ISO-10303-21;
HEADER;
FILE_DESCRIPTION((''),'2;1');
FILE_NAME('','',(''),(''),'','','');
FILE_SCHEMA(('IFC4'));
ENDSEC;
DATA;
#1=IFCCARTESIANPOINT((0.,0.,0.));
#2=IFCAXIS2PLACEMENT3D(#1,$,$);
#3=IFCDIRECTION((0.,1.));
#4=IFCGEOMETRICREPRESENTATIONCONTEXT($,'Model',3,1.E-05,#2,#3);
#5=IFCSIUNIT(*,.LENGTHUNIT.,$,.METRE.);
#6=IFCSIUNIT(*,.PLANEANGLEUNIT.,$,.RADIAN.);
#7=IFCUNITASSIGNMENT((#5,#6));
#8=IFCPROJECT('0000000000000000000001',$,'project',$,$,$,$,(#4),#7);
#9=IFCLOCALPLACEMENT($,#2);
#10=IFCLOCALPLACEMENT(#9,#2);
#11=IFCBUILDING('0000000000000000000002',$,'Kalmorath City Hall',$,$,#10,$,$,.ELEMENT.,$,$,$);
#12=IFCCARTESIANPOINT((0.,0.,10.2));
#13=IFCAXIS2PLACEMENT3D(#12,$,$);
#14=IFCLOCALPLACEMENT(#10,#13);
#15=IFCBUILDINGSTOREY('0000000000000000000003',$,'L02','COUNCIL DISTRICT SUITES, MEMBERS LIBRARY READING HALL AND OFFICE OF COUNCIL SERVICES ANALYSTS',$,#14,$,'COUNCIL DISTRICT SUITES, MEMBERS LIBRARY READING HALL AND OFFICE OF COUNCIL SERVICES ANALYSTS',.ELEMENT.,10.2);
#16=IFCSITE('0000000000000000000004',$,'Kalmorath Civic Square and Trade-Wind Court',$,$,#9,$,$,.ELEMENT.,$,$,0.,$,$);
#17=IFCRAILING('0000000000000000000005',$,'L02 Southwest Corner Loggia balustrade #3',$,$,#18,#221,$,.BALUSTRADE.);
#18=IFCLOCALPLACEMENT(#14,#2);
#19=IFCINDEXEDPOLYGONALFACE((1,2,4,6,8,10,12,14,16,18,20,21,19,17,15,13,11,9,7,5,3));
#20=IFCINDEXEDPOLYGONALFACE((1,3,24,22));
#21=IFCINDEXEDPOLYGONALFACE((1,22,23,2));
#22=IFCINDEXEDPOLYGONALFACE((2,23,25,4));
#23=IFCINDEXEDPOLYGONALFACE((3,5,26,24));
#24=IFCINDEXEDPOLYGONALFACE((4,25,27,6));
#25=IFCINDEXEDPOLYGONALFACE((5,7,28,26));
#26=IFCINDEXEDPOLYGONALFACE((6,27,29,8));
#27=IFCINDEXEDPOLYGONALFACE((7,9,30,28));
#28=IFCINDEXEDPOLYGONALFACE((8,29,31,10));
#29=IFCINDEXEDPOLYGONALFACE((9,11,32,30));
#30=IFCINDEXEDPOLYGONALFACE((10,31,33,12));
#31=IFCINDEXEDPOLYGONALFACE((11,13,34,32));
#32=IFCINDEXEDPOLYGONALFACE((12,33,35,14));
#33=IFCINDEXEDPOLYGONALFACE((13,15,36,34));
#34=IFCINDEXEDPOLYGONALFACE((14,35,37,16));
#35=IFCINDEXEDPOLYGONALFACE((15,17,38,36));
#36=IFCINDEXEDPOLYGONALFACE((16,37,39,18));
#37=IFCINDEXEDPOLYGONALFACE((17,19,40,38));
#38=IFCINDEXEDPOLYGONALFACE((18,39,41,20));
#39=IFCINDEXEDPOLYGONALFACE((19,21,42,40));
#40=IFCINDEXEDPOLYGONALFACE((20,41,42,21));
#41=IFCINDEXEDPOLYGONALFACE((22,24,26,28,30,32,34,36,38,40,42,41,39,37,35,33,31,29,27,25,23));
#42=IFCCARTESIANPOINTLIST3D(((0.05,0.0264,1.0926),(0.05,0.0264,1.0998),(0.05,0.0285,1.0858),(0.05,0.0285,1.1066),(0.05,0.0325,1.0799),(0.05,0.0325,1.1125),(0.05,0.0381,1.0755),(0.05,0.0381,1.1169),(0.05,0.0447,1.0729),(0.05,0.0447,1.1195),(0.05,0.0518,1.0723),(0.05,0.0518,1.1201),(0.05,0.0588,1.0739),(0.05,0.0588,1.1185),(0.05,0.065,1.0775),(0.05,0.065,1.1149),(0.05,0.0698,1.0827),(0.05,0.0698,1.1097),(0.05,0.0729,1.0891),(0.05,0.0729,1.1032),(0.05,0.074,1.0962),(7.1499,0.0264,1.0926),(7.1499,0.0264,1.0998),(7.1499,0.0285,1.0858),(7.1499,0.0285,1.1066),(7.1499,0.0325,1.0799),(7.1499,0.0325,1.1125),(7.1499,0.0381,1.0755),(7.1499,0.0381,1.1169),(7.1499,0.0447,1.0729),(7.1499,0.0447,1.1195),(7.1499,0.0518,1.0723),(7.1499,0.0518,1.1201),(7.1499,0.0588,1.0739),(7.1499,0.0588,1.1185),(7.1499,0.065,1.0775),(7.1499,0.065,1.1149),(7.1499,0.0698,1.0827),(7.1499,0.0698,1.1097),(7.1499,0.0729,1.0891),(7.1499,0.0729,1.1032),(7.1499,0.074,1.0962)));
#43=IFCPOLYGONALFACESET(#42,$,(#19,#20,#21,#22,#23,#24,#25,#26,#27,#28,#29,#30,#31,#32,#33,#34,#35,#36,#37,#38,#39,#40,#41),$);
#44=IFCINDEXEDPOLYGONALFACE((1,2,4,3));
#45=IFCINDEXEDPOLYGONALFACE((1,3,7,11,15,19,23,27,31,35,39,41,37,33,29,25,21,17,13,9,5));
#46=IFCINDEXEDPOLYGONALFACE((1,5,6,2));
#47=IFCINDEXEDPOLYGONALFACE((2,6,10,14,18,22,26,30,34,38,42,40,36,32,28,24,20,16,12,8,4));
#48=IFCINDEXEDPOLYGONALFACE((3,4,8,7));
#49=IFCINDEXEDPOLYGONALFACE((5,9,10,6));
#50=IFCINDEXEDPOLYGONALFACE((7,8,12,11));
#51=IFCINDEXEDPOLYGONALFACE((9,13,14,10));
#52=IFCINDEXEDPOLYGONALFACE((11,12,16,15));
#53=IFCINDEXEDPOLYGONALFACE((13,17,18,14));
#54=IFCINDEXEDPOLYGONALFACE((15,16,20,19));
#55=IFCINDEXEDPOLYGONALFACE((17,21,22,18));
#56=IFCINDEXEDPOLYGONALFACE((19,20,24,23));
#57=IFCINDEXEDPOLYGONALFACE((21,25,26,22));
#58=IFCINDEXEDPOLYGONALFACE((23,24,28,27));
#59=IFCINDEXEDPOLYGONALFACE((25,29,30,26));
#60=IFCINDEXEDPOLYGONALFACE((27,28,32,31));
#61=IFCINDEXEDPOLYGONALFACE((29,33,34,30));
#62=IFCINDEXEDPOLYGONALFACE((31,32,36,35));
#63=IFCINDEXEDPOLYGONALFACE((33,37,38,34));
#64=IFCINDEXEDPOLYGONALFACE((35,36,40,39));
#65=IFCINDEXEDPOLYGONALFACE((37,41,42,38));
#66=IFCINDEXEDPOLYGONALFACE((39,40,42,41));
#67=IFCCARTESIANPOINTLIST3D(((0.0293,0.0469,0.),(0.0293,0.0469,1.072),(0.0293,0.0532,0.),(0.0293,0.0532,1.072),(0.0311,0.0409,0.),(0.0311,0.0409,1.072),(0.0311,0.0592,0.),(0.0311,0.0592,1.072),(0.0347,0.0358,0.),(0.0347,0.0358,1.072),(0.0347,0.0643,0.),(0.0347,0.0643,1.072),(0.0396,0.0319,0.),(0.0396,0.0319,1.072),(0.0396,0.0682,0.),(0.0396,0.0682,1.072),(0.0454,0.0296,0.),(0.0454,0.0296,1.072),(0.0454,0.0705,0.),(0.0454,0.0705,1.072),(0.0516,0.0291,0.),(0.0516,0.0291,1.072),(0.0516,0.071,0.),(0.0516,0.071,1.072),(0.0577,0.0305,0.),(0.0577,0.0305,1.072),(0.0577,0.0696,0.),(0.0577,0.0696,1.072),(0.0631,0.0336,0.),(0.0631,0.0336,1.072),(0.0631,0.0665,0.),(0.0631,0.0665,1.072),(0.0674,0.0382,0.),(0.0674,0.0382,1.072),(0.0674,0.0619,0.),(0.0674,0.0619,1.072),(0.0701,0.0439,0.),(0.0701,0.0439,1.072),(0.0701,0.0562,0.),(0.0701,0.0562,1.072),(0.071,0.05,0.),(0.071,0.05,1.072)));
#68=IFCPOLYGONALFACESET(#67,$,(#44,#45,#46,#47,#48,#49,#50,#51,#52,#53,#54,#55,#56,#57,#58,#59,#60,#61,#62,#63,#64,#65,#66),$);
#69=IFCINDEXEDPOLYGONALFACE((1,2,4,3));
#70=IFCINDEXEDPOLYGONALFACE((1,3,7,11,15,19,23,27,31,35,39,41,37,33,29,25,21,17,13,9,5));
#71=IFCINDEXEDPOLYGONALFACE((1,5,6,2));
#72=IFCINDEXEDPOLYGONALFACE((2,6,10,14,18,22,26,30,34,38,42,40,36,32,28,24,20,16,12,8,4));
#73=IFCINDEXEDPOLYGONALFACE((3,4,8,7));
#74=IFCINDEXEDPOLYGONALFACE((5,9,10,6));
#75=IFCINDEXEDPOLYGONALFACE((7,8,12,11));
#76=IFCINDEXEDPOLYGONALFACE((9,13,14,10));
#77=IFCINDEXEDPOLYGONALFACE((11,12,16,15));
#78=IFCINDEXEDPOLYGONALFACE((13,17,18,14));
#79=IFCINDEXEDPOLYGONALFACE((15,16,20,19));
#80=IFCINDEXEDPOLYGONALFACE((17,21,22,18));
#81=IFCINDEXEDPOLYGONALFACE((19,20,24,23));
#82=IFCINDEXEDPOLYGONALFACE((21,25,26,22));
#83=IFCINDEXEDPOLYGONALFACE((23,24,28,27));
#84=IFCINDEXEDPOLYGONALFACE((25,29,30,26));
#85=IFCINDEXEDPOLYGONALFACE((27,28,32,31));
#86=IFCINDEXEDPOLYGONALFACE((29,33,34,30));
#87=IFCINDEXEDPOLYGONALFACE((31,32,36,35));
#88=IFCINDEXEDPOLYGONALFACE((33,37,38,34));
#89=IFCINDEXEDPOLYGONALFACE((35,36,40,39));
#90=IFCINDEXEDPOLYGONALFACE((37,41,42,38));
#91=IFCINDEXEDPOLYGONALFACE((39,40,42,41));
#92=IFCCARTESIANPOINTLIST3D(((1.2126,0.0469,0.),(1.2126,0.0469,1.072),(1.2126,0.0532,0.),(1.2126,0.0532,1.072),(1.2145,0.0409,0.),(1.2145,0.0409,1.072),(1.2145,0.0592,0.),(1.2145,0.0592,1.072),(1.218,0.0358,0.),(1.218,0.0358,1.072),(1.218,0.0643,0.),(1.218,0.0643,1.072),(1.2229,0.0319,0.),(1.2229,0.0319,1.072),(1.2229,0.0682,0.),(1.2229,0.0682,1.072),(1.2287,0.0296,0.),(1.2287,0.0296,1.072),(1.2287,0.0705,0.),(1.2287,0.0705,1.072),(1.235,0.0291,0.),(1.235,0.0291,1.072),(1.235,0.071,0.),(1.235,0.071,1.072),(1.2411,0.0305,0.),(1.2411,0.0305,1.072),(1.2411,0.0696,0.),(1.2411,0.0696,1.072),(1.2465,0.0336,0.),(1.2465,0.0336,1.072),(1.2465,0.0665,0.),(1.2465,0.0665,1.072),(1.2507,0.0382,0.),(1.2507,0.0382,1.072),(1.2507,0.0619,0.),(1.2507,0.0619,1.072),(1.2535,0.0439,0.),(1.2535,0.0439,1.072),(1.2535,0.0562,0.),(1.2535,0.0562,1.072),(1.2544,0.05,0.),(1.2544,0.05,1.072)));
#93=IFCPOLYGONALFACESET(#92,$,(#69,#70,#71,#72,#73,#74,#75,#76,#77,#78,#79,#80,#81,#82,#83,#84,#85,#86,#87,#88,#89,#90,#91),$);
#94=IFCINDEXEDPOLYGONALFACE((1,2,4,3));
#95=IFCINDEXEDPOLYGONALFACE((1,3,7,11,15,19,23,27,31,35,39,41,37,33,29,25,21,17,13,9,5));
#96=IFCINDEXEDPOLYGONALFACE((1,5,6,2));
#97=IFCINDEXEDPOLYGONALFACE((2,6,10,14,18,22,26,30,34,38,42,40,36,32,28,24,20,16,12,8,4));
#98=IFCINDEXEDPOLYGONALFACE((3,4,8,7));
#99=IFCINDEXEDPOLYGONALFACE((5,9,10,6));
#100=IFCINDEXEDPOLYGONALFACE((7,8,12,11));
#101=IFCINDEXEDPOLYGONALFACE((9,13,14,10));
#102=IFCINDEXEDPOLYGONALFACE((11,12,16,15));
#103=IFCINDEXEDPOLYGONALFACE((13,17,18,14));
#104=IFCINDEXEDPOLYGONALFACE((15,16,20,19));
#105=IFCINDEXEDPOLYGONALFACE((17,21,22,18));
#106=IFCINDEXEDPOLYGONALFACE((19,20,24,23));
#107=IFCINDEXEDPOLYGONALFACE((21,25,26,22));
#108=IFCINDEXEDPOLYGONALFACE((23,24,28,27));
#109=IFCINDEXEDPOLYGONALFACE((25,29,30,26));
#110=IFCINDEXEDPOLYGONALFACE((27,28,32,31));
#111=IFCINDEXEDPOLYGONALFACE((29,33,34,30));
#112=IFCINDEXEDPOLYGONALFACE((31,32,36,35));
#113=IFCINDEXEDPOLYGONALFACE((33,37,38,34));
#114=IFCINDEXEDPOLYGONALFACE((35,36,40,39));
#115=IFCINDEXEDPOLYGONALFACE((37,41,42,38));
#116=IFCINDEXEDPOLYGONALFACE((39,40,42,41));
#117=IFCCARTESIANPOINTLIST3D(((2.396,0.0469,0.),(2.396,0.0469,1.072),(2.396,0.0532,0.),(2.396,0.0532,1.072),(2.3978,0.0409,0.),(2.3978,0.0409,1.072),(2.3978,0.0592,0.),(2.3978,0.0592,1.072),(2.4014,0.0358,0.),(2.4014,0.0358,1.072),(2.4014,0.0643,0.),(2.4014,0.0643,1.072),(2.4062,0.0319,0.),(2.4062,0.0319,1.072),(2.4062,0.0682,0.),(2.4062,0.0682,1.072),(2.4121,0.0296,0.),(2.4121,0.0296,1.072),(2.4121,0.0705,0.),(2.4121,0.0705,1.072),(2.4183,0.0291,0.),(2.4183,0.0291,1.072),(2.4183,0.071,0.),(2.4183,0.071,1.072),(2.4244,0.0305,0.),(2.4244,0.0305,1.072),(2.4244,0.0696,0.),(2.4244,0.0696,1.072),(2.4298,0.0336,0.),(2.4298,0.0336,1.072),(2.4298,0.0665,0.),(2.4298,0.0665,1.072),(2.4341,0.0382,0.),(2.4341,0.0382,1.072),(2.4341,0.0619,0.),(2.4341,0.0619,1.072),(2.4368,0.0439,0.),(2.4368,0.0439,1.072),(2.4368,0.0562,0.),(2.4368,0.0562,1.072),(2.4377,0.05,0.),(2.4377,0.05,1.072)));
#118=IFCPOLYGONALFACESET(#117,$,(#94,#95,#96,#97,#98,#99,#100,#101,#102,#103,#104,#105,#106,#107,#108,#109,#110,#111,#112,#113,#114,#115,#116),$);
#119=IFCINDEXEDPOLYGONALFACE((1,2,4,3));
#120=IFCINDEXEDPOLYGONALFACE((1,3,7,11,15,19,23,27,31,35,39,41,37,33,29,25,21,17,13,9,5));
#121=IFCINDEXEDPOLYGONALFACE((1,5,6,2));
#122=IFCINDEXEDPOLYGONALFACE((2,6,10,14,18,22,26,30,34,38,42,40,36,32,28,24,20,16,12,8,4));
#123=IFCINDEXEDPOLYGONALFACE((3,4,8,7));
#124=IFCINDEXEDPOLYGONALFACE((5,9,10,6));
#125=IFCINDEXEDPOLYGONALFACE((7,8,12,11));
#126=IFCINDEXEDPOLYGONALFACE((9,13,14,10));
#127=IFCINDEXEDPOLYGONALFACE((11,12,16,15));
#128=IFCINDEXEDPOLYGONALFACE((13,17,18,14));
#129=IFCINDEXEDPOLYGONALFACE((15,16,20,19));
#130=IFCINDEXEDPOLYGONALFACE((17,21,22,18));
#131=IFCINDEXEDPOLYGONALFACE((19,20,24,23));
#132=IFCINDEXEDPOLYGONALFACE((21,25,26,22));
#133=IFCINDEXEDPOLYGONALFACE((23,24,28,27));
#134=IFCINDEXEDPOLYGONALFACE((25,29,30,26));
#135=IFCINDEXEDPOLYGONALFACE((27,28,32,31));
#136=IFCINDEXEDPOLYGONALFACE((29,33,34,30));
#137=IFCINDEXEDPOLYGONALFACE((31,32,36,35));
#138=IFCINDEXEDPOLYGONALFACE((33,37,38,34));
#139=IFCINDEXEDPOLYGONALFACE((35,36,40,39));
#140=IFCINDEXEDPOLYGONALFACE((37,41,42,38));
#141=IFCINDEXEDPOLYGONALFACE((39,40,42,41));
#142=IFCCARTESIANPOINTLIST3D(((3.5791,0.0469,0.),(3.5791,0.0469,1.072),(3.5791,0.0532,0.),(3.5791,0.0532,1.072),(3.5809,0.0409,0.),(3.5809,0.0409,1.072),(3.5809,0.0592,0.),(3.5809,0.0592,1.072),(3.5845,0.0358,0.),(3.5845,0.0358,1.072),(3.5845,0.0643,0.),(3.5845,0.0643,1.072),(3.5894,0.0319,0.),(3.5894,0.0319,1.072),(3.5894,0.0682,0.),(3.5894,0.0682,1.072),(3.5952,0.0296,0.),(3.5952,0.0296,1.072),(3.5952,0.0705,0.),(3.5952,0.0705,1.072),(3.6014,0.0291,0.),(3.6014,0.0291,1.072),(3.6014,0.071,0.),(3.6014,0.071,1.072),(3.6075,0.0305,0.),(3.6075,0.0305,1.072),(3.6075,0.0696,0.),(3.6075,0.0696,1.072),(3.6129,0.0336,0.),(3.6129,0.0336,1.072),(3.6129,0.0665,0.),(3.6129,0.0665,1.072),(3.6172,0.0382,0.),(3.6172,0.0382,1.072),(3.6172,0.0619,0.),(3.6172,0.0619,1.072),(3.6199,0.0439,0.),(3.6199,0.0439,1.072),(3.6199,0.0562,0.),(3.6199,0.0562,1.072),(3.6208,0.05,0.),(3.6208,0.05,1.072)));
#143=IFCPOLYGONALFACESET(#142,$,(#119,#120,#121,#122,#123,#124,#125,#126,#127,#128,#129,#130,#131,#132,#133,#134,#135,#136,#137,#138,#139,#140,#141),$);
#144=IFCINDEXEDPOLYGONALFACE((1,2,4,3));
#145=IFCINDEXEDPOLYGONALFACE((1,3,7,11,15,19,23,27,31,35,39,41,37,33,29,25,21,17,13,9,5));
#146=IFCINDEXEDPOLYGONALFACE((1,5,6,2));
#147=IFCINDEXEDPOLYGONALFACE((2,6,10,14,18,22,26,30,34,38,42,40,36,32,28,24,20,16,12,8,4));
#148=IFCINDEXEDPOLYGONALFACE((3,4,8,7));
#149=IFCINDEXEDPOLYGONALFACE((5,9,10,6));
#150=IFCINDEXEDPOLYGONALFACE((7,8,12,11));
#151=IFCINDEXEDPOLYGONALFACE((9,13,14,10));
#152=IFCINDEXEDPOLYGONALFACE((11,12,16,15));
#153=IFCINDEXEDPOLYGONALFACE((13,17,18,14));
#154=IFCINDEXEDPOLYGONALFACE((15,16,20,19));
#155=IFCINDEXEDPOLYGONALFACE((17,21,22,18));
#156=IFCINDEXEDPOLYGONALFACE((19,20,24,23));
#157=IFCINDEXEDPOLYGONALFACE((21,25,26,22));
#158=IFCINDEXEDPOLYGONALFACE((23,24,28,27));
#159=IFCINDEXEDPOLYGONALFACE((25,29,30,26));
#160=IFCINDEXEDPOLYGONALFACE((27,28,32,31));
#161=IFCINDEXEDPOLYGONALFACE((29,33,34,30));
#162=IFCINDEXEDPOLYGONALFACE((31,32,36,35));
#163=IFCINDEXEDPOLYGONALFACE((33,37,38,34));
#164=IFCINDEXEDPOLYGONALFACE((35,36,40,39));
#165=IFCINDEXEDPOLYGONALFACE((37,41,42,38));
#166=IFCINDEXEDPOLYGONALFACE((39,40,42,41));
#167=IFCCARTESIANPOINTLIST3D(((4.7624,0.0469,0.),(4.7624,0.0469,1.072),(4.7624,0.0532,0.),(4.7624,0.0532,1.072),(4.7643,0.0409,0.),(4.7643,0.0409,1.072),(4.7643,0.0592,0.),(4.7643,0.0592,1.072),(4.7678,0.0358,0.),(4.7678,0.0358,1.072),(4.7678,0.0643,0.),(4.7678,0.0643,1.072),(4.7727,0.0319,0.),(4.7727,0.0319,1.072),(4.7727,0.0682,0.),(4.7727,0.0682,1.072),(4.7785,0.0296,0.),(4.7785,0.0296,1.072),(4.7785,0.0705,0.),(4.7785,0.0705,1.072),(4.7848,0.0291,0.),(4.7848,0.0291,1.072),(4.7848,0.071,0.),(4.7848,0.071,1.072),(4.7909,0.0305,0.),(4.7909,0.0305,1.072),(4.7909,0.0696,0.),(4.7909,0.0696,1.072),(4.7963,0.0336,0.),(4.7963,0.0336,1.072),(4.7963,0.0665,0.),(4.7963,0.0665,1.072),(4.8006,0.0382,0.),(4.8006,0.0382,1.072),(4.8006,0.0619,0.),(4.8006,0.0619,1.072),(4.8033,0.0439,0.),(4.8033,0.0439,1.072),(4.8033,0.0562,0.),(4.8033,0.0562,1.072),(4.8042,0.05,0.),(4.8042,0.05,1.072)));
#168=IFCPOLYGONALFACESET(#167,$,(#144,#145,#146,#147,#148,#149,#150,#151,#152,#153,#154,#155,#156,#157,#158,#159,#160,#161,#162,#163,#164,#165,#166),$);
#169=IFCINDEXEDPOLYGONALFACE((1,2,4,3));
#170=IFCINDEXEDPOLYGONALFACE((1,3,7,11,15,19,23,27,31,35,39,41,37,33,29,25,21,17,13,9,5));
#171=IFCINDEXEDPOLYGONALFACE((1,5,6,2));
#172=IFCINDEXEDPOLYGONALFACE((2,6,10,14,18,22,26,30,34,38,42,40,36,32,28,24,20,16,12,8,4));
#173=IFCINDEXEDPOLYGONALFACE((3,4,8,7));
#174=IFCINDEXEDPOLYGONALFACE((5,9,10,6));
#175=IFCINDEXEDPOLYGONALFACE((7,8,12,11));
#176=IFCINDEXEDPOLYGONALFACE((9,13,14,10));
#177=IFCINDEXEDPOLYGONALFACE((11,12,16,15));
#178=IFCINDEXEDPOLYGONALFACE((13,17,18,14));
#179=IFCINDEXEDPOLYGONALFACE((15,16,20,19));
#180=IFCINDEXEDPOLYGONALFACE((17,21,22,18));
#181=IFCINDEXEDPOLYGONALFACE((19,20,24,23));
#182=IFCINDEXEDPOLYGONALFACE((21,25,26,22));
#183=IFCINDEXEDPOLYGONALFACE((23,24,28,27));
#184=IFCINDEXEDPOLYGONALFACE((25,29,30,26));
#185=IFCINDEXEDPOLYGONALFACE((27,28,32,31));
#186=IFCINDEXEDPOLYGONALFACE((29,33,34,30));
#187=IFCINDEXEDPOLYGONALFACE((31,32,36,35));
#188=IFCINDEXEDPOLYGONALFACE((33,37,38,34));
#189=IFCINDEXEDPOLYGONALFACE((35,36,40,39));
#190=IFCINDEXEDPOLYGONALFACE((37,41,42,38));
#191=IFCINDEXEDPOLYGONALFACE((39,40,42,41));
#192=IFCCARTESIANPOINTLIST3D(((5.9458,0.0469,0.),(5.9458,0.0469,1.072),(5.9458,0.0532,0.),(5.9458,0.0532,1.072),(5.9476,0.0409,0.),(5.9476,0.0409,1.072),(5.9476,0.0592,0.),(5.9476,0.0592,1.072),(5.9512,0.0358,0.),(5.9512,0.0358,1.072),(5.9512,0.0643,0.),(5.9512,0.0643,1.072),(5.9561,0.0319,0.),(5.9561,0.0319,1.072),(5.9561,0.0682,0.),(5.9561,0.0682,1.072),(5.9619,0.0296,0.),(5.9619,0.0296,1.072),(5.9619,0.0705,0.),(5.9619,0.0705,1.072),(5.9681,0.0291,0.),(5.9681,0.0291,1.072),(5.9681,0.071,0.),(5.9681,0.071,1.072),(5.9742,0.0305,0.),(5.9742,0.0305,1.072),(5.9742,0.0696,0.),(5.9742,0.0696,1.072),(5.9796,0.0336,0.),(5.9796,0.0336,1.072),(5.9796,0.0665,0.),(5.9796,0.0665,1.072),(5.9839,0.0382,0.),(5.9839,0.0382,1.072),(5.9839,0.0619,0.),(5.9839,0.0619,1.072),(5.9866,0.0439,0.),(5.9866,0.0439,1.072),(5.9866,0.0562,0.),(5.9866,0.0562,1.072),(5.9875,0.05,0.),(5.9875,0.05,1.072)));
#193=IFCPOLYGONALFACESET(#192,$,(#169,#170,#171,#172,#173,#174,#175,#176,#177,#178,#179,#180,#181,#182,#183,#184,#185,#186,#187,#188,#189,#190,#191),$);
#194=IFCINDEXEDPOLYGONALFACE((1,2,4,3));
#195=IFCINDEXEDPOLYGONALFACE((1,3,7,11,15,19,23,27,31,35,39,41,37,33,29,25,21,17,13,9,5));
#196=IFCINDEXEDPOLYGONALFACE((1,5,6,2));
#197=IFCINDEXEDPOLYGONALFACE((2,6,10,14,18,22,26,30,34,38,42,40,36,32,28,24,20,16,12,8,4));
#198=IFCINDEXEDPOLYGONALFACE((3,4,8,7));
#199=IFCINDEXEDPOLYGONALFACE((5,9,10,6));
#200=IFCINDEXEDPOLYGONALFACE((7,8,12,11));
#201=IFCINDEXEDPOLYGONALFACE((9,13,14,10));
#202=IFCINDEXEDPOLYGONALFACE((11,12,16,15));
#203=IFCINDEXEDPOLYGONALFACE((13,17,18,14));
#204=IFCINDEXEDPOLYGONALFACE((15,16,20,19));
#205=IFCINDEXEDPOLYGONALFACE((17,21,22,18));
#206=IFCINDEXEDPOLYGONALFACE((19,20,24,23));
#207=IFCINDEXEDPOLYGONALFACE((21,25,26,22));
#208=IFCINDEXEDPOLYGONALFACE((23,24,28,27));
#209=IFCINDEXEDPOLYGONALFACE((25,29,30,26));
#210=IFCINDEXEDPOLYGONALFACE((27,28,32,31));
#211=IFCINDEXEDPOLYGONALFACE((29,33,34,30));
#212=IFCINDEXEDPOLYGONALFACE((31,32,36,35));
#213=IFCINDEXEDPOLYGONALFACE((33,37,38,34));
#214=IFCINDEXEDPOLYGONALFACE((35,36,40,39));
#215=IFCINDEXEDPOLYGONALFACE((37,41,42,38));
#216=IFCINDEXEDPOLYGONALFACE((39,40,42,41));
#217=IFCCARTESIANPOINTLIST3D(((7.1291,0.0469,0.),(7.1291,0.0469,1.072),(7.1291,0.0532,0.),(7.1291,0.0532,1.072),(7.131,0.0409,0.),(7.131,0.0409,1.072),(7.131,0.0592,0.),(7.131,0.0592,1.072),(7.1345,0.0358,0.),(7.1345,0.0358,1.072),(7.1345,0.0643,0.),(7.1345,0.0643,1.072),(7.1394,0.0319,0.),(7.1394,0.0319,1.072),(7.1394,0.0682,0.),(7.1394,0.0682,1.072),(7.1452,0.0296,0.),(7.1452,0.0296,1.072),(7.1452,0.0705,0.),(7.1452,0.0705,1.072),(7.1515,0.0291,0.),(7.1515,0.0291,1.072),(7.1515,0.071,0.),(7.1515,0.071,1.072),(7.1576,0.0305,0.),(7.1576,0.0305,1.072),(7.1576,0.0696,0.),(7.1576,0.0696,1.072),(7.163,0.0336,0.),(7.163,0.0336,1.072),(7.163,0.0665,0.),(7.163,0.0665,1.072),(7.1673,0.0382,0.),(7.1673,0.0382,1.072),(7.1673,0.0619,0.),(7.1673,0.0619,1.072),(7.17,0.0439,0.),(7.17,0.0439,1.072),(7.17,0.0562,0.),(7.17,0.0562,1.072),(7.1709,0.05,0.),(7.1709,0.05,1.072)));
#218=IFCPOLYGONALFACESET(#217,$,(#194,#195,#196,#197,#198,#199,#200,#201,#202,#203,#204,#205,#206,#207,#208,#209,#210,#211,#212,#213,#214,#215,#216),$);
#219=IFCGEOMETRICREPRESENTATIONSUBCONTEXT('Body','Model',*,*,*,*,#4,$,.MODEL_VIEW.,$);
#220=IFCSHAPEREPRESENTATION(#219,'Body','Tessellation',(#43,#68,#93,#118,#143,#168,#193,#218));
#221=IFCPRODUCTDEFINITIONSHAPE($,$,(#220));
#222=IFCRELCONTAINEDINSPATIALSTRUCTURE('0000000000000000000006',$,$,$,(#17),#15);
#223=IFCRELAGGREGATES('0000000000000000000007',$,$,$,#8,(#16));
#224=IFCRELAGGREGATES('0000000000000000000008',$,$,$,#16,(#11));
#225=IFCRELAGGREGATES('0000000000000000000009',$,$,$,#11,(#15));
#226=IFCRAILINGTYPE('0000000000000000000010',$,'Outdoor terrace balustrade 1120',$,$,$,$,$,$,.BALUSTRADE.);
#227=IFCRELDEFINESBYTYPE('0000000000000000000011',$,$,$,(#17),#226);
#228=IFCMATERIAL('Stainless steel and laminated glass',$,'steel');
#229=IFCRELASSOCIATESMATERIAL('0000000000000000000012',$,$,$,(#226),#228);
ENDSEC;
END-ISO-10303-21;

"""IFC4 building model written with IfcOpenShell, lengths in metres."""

from ifc_helpers import new_model, si_unit, direction, frame, origin, origin_2d, place, context, subcontext, project, spatial, circle, extrude, material, type_object, element, save


model = new_model("IFC4")

# Units and contexts
model_context = context("Model", 3, precision=1e-05, world=origin(), true_north=direction((0.0, 1.0)))
body_context = subcontext(model_context, "Body", "Model", "MODEL_VIEW")
ifc_project = project(units=[si_unit("LENGTHUNIT", "METRE"), si_unit("PLANEANGLEUNIT", "RADIAN")], contexts=[model_context])

# Site, building, storey
site_placement = place(None, origin())
site = spatial("IfcSite", under=ifc_project, at=site_placement, Name="Kalmorath Civic Square and Trade-Wind Court", CompositionType="ELEMENT", RefElevation=0.0)
building_placement = place(site_placement, origin())
building = spatial("IfcBuilding", under=site, at=building_placement, Name="Kalmorath City Hall", CompositionType="ELEMENT")
storey_placement = place(building_placement, frame((0.0, 0.0, 10.2)))
storey = spatial("IfcBuildingStorey", under=building, at=storey_placement, Name="L02", Description="COUNCIL DISTRICT SUITES, MEMBERS LIBRARY READING HALL AND OFFICE OF COUNCIL SERVICES ANALYSTS", LongName="COUNCIL DISTRICT SUITES, MEMBERS LIBRARY READING HALL AND OFFICE OF COUNCIL SERVICES ANALYSTS", CompositionType="ELEMENT", Elevation=10.2)

# Railing
ifc_material_1 = material(Name="Stainless steel and laminated glass", Category="steel")
railing_type = type_object("IfcRailingType", Name="Outdoor terrace balustrade 1120", PredefinedType="BALUSTRADE", material=ifc_material_1)
railing_1_placement = place(storey_placement, frame((0.05, 0.05, 0.0)))
element("IfcRailing", 1, at=railing_1_placement, inside=storey, type_object=railing_type, Name="L02 Southwest Corner Loggia balustrade #3", PredefinedType="BALUSTRADE", context=body_context, shape_type="SweptSolid", body=[
    extrude(circle(Radius=0.0239, at=origin_2d()), frame((0.0, 0.0, 1.0962), z_axis=(1.0, 0.0, 0.0), x_axis=(0.0, 1.0, 0.0)), (0.0, 0.0, 1.0), 7.0999),
    extrude(circle(Radius=0.021, at=origin_2d()), origin(), (0.0, 0.0, 1.0), 1.072),
    extrude(circle(Radius=0.021, at=origin_2d()), frame((1.1833, 0.0, 0.0)), (0.0, 0.0, 1.0), 1.072),
    extrude(circle(Radius=0.021, at=origin_2d()), frame((2.3667, 0.0, 0.0)), (0.0, 0.0, 1.0), 1.072),
    extrude(circle(Radius=0.021, at=origin_2d()), frame((3.5498, 0.0, 0.0)), (0.0, 0.0, 1.0), 1.072),
    extrude(circle(Radius=0.021, at=origin_2d()), frame((4.7332, 0.0, 0.0)), (0.0, 0.0, 1.0), 1.072),
    extrude(circle(Radius=0.021, at=origin_2d()), frame((5.9165, 0.0, 0.0)), (0.0, 0.0, 1.0), 1.072),
    extrude(circle(Radius=0.021, at=origin_2d()), frame((7.0999, 0.0, 0.0)), (0.0, 0.0, 1.0), 1.072),
])

save(model, "model.ifc")
